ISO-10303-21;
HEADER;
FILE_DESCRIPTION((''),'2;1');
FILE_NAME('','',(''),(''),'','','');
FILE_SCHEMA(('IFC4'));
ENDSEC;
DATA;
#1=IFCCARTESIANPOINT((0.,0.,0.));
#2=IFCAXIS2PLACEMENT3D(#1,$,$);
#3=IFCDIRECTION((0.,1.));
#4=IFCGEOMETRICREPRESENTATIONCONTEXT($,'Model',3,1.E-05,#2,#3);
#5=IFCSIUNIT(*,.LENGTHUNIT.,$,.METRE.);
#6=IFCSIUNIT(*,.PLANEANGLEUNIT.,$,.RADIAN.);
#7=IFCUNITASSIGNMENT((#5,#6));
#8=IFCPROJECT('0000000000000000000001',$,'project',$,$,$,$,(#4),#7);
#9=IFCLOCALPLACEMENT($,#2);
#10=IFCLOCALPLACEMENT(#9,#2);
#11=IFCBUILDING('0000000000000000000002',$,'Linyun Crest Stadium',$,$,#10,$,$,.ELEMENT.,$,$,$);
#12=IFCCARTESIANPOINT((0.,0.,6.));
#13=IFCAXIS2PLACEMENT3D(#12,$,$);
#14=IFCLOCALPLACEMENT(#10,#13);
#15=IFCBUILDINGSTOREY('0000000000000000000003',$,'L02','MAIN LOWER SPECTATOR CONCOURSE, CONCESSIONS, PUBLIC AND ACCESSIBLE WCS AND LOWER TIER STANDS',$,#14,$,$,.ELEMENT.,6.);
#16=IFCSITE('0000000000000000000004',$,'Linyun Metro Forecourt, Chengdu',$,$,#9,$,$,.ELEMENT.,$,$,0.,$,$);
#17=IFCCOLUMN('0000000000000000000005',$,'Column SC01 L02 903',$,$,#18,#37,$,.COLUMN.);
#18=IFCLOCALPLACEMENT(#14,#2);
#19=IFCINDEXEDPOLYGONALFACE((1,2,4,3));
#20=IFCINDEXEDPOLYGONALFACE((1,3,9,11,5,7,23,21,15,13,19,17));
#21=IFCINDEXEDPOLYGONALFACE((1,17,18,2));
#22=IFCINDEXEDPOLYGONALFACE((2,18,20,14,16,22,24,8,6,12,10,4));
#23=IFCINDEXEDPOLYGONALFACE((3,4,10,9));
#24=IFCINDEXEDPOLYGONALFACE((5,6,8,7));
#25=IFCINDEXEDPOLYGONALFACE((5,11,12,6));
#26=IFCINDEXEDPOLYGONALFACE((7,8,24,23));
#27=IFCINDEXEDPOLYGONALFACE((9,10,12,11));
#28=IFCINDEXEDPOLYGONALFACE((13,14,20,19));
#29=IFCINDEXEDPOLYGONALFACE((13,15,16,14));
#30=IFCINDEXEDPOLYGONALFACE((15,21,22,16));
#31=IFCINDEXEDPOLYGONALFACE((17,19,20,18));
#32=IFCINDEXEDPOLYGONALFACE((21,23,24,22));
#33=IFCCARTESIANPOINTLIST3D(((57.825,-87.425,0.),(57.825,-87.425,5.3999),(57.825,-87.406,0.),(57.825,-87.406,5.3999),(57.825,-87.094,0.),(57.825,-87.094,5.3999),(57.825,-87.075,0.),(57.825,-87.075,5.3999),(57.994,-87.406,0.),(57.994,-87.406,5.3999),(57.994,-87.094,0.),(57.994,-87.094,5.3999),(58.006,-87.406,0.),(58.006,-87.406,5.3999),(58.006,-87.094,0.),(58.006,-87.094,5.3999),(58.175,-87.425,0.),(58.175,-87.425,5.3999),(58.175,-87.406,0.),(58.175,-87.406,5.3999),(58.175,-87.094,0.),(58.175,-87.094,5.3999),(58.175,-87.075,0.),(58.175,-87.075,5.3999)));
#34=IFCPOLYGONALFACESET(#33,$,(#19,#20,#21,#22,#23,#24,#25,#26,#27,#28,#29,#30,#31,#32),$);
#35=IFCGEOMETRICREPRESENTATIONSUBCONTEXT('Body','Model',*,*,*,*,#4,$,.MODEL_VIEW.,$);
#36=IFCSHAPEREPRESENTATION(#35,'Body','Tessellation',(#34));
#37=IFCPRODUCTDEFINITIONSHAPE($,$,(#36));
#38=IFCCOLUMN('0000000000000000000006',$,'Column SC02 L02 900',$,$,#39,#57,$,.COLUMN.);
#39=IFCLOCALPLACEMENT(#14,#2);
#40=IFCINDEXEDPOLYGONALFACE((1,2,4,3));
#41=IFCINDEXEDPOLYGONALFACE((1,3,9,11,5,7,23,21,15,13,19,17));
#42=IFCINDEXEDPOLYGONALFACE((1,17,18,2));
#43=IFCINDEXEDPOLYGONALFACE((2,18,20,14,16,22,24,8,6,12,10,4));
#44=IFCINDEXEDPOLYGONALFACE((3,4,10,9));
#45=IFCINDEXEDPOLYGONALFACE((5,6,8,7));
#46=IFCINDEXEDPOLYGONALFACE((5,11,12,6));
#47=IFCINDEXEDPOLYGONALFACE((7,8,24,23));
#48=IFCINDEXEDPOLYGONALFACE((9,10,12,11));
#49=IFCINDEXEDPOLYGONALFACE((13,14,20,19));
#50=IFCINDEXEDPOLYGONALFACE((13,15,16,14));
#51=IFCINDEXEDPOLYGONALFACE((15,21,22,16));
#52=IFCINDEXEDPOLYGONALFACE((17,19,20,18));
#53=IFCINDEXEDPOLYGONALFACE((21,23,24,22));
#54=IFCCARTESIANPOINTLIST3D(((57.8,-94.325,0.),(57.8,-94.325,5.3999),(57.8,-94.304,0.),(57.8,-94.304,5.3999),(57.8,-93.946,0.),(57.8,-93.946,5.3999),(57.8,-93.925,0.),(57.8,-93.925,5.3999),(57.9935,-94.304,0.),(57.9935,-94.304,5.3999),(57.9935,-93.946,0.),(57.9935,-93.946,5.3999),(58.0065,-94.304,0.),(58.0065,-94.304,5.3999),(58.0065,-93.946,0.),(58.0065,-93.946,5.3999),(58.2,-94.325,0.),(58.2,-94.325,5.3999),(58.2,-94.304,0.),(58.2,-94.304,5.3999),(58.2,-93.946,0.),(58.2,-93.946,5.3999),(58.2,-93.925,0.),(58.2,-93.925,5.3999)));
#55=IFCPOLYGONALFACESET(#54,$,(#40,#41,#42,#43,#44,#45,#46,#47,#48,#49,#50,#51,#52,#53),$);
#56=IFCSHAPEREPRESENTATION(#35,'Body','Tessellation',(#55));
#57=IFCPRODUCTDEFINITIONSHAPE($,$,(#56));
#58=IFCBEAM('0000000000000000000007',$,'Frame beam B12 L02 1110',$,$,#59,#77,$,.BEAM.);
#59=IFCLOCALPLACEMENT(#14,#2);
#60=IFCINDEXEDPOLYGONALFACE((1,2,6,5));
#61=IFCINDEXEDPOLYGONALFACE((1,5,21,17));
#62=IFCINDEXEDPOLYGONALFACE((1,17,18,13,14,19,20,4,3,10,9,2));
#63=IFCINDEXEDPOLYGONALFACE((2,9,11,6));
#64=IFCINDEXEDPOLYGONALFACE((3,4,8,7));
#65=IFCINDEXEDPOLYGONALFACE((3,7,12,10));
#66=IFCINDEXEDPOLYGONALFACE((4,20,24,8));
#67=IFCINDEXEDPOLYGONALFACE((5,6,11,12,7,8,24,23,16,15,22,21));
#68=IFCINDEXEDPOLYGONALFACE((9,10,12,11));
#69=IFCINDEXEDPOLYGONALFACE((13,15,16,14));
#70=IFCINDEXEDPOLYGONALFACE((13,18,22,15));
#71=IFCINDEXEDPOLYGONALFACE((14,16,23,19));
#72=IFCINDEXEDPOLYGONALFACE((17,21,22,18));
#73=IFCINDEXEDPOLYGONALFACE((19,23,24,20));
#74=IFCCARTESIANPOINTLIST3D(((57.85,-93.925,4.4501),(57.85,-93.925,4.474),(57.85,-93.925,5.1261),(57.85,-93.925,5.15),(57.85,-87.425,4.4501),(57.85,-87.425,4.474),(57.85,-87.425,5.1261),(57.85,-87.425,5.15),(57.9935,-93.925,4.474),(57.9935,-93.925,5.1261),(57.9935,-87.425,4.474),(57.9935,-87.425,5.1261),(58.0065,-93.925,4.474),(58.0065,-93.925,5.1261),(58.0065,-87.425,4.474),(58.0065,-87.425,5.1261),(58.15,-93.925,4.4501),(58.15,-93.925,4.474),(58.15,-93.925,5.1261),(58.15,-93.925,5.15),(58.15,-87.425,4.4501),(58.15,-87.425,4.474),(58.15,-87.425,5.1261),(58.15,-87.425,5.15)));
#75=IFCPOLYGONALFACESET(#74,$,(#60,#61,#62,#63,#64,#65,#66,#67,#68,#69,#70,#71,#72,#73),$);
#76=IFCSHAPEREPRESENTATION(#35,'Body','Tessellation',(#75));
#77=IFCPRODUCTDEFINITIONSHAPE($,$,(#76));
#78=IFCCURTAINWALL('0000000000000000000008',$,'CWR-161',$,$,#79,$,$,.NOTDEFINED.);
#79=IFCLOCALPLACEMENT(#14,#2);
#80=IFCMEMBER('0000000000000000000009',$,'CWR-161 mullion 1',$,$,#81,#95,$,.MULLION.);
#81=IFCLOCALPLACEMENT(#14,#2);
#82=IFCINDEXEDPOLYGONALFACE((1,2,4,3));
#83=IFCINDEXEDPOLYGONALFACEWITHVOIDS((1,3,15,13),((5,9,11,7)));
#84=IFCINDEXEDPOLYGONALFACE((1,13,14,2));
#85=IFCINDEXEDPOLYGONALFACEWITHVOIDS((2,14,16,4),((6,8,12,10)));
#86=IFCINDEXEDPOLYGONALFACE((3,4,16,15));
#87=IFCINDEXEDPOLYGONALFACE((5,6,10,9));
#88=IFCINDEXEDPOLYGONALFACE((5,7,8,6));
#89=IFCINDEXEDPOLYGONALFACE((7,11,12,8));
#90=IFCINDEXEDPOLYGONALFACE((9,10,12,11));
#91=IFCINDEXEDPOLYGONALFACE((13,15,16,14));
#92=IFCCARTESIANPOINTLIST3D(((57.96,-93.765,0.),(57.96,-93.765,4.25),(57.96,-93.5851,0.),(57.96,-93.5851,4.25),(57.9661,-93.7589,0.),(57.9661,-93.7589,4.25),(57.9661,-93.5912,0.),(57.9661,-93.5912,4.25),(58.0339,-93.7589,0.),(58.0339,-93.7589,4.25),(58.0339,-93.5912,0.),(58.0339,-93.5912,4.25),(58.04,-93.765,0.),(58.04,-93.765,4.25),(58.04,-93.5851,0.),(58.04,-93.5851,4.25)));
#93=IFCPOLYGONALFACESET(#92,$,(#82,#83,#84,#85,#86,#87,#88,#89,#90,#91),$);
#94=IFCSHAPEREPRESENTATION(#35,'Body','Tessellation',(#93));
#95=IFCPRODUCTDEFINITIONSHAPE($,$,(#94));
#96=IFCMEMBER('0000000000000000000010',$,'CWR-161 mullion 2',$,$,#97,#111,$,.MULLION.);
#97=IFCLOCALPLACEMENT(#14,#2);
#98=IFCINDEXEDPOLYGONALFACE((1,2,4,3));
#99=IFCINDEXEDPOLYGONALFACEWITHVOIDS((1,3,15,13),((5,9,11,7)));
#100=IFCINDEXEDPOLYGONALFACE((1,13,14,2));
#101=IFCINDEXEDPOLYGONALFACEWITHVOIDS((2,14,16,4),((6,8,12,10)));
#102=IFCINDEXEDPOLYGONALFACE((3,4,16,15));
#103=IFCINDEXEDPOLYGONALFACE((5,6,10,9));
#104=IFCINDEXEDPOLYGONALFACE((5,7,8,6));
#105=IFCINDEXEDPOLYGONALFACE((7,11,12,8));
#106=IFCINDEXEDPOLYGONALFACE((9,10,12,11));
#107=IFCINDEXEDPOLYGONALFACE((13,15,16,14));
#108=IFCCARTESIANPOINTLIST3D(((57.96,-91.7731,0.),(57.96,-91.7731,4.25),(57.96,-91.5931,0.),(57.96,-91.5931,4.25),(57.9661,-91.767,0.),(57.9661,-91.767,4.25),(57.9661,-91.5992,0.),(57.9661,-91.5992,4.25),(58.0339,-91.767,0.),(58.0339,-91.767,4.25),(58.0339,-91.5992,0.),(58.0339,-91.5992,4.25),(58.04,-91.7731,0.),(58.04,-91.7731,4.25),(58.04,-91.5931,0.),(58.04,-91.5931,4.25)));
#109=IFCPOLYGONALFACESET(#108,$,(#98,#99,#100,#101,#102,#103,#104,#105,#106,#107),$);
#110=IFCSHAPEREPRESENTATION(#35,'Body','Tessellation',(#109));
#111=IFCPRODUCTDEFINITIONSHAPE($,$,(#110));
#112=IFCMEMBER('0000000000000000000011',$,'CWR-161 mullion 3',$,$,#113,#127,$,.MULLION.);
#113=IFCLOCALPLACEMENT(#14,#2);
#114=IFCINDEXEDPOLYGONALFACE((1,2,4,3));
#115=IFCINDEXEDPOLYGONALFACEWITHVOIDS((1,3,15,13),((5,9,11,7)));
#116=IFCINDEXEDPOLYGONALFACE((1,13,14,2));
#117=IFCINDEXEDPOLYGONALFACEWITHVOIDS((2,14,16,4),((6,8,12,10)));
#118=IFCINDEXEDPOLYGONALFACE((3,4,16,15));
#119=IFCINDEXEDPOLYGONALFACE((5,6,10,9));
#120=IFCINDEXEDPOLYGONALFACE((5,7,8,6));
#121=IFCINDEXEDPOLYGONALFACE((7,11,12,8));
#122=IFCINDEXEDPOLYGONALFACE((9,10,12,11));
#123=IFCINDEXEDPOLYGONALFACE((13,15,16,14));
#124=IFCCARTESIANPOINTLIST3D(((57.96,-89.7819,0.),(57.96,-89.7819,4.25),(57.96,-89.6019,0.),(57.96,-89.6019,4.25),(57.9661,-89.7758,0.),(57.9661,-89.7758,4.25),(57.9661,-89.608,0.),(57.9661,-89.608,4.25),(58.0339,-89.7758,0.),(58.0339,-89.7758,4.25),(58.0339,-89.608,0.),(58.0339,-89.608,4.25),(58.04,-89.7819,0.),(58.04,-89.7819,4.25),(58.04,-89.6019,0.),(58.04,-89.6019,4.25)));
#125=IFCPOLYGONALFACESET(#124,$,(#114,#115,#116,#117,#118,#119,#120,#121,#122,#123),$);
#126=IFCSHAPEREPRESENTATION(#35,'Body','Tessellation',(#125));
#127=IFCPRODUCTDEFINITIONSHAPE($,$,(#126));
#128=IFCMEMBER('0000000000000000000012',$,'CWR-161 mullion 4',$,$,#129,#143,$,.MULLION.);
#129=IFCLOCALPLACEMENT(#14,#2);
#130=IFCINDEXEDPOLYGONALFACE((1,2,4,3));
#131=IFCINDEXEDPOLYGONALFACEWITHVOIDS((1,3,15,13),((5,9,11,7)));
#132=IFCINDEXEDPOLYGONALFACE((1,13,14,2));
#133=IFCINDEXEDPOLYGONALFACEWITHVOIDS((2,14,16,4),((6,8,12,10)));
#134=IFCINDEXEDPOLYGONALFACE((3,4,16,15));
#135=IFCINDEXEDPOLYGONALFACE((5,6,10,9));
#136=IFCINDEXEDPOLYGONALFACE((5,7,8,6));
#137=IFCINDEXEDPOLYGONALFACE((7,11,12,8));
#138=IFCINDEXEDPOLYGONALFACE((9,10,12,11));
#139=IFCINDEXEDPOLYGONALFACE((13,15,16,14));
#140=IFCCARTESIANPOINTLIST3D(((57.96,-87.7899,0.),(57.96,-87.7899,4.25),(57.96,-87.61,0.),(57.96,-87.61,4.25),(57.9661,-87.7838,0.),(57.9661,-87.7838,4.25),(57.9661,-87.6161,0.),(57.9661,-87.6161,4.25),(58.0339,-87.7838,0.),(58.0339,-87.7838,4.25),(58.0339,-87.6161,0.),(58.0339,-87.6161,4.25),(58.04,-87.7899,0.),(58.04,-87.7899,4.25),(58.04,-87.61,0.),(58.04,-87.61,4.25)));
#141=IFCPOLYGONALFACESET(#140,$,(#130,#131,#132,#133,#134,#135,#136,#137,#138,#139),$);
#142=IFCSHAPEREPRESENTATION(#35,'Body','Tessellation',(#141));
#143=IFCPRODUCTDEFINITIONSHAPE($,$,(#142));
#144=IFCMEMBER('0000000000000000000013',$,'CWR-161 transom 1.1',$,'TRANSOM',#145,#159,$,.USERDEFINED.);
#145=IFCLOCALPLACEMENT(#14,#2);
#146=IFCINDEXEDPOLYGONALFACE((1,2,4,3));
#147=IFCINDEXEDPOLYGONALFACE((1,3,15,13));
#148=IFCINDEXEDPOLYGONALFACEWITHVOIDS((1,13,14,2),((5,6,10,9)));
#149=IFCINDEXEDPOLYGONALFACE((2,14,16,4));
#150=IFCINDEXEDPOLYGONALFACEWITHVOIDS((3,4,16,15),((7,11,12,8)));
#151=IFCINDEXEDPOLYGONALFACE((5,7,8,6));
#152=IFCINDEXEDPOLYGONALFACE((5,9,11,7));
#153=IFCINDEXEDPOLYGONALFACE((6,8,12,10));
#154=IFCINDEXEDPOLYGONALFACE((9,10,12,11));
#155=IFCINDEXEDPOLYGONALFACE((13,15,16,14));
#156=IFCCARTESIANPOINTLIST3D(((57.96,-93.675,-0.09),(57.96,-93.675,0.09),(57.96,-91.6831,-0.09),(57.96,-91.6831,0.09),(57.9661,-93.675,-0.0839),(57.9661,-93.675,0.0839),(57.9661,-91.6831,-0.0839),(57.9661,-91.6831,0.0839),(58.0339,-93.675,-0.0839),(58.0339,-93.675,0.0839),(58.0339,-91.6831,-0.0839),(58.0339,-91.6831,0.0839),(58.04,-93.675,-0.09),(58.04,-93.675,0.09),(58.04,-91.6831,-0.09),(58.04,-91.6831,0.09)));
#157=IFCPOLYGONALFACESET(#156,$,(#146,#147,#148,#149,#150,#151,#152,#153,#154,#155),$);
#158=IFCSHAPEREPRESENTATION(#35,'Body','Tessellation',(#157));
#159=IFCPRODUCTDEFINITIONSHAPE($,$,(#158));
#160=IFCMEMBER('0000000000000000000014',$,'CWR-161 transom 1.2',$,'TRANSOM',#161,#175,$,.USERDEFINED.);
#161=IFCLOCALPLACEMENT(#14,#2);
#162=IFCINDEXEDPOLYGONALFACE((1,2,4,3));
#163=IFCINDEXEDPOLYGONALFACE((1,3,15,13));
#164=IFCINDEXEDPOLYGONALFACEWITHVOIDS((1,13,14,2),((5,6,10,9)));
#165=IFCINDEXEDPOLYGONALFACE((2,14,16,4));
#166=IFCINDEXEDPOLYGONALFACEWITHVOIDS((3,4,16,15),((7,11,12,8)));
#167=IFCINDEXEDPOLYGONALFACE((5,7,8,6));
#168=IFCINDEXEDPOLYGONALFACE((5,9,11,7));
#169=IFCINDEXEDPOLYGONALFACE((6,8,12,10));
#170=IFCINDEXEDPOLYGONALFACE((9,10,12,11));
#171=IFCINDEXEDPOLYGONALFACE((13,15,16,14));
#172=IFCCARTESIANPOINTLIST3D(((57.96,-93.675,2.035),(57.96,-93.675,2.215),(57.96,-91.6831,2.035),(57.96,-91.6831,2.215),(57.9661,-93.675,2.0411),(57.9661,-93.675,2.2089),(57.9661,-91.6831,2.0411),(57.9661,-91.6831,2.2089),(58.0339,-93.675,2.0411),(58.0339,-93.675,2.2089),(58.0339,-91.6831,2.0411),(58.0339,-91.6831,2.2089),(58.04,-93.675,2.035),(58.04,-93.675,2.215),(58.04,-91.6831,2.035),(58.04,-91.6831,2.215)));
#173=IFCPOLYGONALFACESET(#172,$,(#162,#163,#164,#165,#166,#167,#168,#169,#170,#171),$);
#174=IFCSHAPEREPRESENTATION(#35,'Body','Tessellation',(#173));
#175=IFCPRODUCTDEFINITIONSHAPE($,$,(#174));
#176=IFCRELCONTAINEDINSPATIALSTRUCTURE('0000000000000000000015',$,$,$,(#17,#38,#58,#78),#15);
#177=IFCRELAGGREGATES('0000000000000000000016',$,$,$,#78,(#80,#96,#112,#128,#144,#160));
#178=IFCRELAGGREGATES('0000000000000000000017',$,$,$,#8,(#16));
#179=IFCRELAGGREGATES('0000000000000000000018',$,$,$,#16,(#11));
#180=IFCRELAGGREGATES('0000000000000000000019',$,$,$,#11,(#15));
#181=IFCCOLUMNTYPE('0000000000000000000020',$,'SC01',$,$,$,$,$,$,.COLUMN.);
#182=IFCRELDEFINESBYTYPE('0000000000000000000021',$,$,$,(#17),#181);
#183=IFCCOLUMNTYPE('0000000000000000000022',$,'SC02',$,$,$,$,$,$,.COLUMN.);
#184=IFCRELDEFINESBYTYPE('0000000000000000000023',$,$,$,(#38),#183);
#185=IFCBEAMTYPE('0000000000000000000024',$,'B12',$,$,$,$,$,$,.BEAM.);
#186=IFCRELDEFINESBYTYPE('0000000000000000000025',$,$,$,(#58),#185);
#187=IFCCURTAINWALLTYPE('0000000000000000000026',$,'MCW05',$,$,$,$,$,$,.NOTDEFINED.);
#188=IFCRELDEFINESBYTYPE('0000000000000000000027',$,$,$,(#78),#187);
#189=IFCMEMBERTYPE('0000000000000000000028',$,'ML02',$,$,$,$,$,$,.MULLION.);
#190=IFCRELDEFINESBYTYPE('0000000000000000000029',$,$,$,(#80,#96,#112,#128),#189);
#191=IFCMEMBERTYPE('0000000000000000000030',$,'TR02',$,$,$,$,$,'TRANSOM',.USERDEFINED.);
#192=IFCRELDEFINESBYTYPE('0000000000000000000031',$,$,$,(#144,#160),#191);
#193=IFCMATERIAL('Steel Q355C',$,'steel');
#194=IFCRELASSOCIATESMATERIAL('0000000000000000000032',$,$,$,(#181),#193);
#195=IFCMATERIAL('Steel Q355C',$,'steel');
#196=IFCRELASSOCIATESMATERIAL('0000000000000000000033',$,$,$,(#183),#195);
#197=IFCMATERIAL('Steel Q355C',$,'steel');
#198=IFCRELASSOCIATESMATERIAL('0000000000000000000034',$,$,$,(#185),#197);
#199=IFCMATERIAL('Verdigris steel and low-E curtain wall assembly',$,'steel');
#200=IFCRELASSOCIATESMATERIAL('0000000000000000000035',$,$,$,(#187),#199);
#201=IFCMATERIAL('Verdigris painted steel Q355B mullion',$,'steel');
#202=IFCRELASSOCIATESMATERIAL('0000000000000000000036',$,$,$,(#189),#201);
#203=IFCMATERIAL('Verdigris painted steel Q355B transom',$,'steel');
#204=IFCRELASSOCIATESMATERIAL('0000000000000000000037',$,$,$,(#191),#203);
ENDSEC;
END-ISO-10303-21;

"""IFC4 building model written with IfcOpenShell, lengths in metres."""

from ifc_helpers import new_model, si_unit, direction, frame, origin, origin_2d, place, context, subcontext, project, spatial, hollow_rectangle, i_section, extrude, material, material_profile, profile_set, type_object, element, aggregate, save


model = new_model("IFC4")

# Units and contexts
model_context = context("Model", 3, precision=1e-05, world=origin(), true_north=direction((0.0, 1.0)))
body_context = subcontext(model_context, "Body", "Model", "MODEL_VIEW")
ifc_project = project(units=[si_unit("LENGTHUNIT", "METRE"), si_unit("PLANEANGLEUNIT", "RADIAN")], contexts=[model_context])

# Site, building, storey
site_placement = place(None, origin())
site = spatial("IfcSite", under=ifc_project, at=site_placement, Name="Linyun Metro Forecourt, Chengdu", CompositionType="ELEMENT", RefElevation=0.0)
building_placement = place(site_placement, origin())
building = spatial("IfcBuilding", under=site, at=building_placement, Name="Linyun Crest Stadium", CompositionType="ELEMENT")
storey_placement = place(building_placement, frame((0.0, 0.0, 6.0)))
storey = spatial("IfcBuildingStorey", under=building, at=storey_placement, Name="L02", Description="MAIN LOWER SPECTATOR CONCOURSE, CONCESSIONS, PUBLIC AND ACCESSIBLE WCS AND LOWER TIER STANDS", CompositionType="ELEMENT", Elevation=6.0)

# Columns
ifc_material_1 = material(Name="Steel Q355C", Category="steel")
ifc_material_profile_1 = material_profile(ifc_material_1, i_section(OverallWidth=0.3501, OverallDepth=0.3501, WebThickness=0.012, FlangeThickness=0.019, at=origin_2d()), Name="HW 350x350")
ifc_profile_set_1 = profile_set([ifc_material_profile_1], Name="Steel Q355C")
column_type_1 = type_object("IfcColumnType", Name="SC01", PredefinedType="COLUMN", material=ifc_profile_set_1)
column_1_placement = place(storey_placement, frame((58.0, -87.25, 0.0), z_axis=(0.0, 0.0, 1.0), x_axis=(1.0, 0.0, 0.0)))
element("IfcColumn", 1, at=column_1_placement, inside=storey, type_object=column_type_1, Name="Column SC01 L02 903", PredefinedType="COLUMN", context=body_context, shape_type="SweptSolid", body=[
    extrude(i_section(OverallWidth=0.3501, OverallDepth=0.3501, WebThickness=0.012, FlangeThickness=0.019, at=origin_2d()), origin(), (0.0, 0.0, 1.0), 5.3999),
])
ifc_material_2 = material(Name="Steel Q355C", Category="steel")
ifc_material_profile_2 = material_profile(ifc_material_2, i_section(OverallWidth=0.3999, OverallDepth=0.3999, WebThickness=0.0129, FlangeThickness=0.021, at=origin_2d()), Name="HW 400x400")
ifc_profile_set_2 = profile_set([ifc_material_profile_2], Name="Steel Q355C")
column_type_2 = type_object("IfcColumnType", Name="SC02", PredefinedType="COLUMN", material=ifc_profile_set_2)
column_2_placement = place(storey_placement, frame((58.0, -94.125, 0.0), z_axis=(0.0, 0.0, 1.0), x_axis=(1.0, 0.0, 0.0)))
element("IfcColumn", 2, at=column_2_placement, inside=storey, type_object=column_type_2, Name="Column SC02 L02 900", PredefinedType="COLUMN", context=body_context, shape_type="SweptSolid", body=[
    extrude(i_section(OverallWidth=0.3999, OverallDepth=0.3999, WebThickness=0.0129, FlangeThickness=0.021, at=origin_2d()), origin(), (0.0, 0.0, 1.0), 5.3999),
])

# Beam
ifc_material_3 = material(Name="Steel Q355C", Category="steel")
ifc_material_profile_3 = material_profile(ifc_material_3, i_section(OverallWidth=0.3, OverallDepth=0.7, WebThickness=0.0129, FlangeThickness=0.0239, at=origin_2d()), Name="HN 700x300")
ifc_profile_set_3 = profile_set([ifc_material_profile_3], Name="Steel Q355C")
beam_type = type_object("IfcBeamType", Name="B12", PredefinedType="BEAM", material=ifc_profile_set_3)
beam_placement = place(storey_placement, frame((58.0, -93.925, 4.8), z_axis=(0.0, 1.0, 0.0), x_axis=(-1.0, 0.0, 0.0)))
element("IfcBeam", 3, at=beam_placement, inside=storey, type_object=beam_type, Name="Frame beam B12 L02 1110", PredefinedType="BEAM", context=body_context, shape_type="SweptSolid", body=[
    extrude(i_section(OverallWidth=0.3, OverallDepth=0.7, WebThickness=0.0129, FlangeThickness=0.0239, at=origin_2d()), origin(), (0.0, 0.0, 1.0), 6.5),
])

# Curtain wall, members
ifc_material_4 = material(Name="Verdigris steel and low-E curtain wall assembly", Category="steel")
curtain_wall_type = type_object("IfcCurtainWallType", Name="MCW05", PredefinedType="NOTDEFINED", material=ifc_material_4)
curtain_wall_placement = place(storey_placement, origin())
curtain_wall = element("IfcCurtainWall", 4, at=curtain_wall_placement, inside=storey, type_object=curtain_wall_type, Name="CWR-161", PredefinedType="NOTDEFINED")
ifc_material_5 = material(Name="Verdigris painted steel Q355B mullion", Category="steel")
ifc_material_profile_4 = material_profile(ifc_material_5, hollow_rectangle(XDim=0.0801, YDim=0.1799, WallThickness=0.0061, at=origin_2d()), Name="RHS 180x80x6")
ifc_profile_set_4 = profile_set([ifc_material_profile_4], Name="Verdigris painted steel Q355B mullion")
member_type_1 = type_object("IfcMemberType", Name="ML02", PredefinedType="MULLION", material=ifc_profile_set_4)
member_1_placement = place(storey_placement, frame((58.0, -93.675, 0.0), z_axis=(0.0, 0.0, 1.0), x_axis=(-1.0, 0.0, 0.0)))
member_1 = element("IfcMember", 5, at=member_1_placement, type_object=member_type_1, Name="CWR-161 mullion 1", PredefinedType="MULLION", context=body_context, shape_type="SweptSolid", body=[
    extrude(hollow_rectangle(XDim=0.0801, YDim=0.1799, WallThickness=0.0061, at=origin_2d()), origin(), (0.0, 0.0, 1.0), 4.25),
])
member_2_placement = place(storey_placement, frame((58.0, -91.6831, 0.0), z_axis=(0.0, 0.0, 1.0), x_axis=(-1.0, 0.0, 0.0)))
member_2 = element("IfcMember", 6, at=member_2_placement, type_object=member_type_1, Name="CWR-161 mullion 2", PredefinedType="MULLION", context=body_context, shape_type="SweptSolid", body=[
    extrude(hollow_rectangle(XDim=0.0801, YDim=0.1799, WallThickness=0.0061, at=origin_2d()), origin(), (0.0, 0.0, 1.0), 4.25),
])
member_3_placement = place(storey_placement, frame((58.0, -89.6919, 0.0), z_axis=(0.0, 0.0, 1.0), x_axis=(-1.0, 0.0, 0.0)))
member_3 = element("IfcMember", 7, at=member_3_placement, type_object=member_type_1, Name="CWR-161 mullion 3", PredefinedType="MULLION", context=body_context, shape_type="SweptSolid", body=[
    extrude(hollow_rectangle(XDim=0.0801, YDim=0.1799, WallThickness=0.0061, at=origin_2d()), origin(), (0.0, 0.0, 1.0), 4.25),
])
member_4_placement = place(storey_placement, frame((58.0, -87.7, 0.0), z_axis=(0.0, 0.0, 1.0), x_axis=(-1.0, 0.0, 0.0)))
member_4 = element("IfcMember", 8, at=member_4_placement, type_object=member_type_1, Name="CWR-161 mullion 4", PredefinedType="MULLION", context=body_context, shape_type="SweptSolid", body=[
    extrude(hollow_rectangle(XDim=0.0801, YDim=0.1799, WallThickness=0.0061, at=origin_2d()), origin(), (0.0, 0.0, 1.0), 4.25),
])
ifc_material_6 = material(Name="Verdigris painted steel Q355B transom", Category="steel")
ifc_material_profile_5 = material_profile(ifc_material_6, hollow_rectangle(XDim=0.0801, YDim=0.1799, WallThickness=0.0061, at=origin_2d()), Name="RHS 180x80x6")
ifc_profile_set_5 = profile_set([ifc_material_profile_5], Name="Verdigris painted steel Q355B transom")
member_type_2 = type_object("IfcMemberType", Name="TR02", ElementType="TRANSOM", PredefinedType="USERDEFINED", material=ifc_profile_set_5)
member_5_placement = place(storey_placement, frame((58.0, -93.675, 0.0), z_axis=(0.0, 1.0, 0.0), x_axis=(-1.0, 0.0, 0.0)))
member_5 = element("IfcMember", 9, at=member_5_placement, type_object=member_type_2, Name="CWR-161 transom 1.1", ObjectType="TRANSOM", PredefinedType="USERDEFINED", context=body_context, shape_type="SweptSolid", body=[
    extrude(hollow_rectangle(XDim=0.0801, YDim=0.1799, WallThickness=0.0061, at=origin_2d()), origin(), (0.0, 0.0, 1.0), 1.9919),
])
member_6_placement = place(storey_placement, frame((58.0, -93.675, 2.125), z_axis=(0.0, 1.0, 0.0), x_axis=(-1.0, 0.0, 0.0)))
member_6 = element("IfcMember", 10, at=member_6_placement, type_object=member_type_2, Name="CWR-161 transom 1.2", ObjectType="TRANSOM", PredefinedType="USERDEFINED", context=body_context, shape_type="SweptSolid", body=[
    extrude(hollow_rectangle(XDim=0.0801, YDim=0.1799, WallThickness=0.0061, at=origin_2d()), origin(), (0.0, 0.0, 1.0), 1.9919),
])
aggregate(curtain_wall, [member_1, member_2, member_3, member_4, member_5, member_6])

save(model, "model.ifc")
